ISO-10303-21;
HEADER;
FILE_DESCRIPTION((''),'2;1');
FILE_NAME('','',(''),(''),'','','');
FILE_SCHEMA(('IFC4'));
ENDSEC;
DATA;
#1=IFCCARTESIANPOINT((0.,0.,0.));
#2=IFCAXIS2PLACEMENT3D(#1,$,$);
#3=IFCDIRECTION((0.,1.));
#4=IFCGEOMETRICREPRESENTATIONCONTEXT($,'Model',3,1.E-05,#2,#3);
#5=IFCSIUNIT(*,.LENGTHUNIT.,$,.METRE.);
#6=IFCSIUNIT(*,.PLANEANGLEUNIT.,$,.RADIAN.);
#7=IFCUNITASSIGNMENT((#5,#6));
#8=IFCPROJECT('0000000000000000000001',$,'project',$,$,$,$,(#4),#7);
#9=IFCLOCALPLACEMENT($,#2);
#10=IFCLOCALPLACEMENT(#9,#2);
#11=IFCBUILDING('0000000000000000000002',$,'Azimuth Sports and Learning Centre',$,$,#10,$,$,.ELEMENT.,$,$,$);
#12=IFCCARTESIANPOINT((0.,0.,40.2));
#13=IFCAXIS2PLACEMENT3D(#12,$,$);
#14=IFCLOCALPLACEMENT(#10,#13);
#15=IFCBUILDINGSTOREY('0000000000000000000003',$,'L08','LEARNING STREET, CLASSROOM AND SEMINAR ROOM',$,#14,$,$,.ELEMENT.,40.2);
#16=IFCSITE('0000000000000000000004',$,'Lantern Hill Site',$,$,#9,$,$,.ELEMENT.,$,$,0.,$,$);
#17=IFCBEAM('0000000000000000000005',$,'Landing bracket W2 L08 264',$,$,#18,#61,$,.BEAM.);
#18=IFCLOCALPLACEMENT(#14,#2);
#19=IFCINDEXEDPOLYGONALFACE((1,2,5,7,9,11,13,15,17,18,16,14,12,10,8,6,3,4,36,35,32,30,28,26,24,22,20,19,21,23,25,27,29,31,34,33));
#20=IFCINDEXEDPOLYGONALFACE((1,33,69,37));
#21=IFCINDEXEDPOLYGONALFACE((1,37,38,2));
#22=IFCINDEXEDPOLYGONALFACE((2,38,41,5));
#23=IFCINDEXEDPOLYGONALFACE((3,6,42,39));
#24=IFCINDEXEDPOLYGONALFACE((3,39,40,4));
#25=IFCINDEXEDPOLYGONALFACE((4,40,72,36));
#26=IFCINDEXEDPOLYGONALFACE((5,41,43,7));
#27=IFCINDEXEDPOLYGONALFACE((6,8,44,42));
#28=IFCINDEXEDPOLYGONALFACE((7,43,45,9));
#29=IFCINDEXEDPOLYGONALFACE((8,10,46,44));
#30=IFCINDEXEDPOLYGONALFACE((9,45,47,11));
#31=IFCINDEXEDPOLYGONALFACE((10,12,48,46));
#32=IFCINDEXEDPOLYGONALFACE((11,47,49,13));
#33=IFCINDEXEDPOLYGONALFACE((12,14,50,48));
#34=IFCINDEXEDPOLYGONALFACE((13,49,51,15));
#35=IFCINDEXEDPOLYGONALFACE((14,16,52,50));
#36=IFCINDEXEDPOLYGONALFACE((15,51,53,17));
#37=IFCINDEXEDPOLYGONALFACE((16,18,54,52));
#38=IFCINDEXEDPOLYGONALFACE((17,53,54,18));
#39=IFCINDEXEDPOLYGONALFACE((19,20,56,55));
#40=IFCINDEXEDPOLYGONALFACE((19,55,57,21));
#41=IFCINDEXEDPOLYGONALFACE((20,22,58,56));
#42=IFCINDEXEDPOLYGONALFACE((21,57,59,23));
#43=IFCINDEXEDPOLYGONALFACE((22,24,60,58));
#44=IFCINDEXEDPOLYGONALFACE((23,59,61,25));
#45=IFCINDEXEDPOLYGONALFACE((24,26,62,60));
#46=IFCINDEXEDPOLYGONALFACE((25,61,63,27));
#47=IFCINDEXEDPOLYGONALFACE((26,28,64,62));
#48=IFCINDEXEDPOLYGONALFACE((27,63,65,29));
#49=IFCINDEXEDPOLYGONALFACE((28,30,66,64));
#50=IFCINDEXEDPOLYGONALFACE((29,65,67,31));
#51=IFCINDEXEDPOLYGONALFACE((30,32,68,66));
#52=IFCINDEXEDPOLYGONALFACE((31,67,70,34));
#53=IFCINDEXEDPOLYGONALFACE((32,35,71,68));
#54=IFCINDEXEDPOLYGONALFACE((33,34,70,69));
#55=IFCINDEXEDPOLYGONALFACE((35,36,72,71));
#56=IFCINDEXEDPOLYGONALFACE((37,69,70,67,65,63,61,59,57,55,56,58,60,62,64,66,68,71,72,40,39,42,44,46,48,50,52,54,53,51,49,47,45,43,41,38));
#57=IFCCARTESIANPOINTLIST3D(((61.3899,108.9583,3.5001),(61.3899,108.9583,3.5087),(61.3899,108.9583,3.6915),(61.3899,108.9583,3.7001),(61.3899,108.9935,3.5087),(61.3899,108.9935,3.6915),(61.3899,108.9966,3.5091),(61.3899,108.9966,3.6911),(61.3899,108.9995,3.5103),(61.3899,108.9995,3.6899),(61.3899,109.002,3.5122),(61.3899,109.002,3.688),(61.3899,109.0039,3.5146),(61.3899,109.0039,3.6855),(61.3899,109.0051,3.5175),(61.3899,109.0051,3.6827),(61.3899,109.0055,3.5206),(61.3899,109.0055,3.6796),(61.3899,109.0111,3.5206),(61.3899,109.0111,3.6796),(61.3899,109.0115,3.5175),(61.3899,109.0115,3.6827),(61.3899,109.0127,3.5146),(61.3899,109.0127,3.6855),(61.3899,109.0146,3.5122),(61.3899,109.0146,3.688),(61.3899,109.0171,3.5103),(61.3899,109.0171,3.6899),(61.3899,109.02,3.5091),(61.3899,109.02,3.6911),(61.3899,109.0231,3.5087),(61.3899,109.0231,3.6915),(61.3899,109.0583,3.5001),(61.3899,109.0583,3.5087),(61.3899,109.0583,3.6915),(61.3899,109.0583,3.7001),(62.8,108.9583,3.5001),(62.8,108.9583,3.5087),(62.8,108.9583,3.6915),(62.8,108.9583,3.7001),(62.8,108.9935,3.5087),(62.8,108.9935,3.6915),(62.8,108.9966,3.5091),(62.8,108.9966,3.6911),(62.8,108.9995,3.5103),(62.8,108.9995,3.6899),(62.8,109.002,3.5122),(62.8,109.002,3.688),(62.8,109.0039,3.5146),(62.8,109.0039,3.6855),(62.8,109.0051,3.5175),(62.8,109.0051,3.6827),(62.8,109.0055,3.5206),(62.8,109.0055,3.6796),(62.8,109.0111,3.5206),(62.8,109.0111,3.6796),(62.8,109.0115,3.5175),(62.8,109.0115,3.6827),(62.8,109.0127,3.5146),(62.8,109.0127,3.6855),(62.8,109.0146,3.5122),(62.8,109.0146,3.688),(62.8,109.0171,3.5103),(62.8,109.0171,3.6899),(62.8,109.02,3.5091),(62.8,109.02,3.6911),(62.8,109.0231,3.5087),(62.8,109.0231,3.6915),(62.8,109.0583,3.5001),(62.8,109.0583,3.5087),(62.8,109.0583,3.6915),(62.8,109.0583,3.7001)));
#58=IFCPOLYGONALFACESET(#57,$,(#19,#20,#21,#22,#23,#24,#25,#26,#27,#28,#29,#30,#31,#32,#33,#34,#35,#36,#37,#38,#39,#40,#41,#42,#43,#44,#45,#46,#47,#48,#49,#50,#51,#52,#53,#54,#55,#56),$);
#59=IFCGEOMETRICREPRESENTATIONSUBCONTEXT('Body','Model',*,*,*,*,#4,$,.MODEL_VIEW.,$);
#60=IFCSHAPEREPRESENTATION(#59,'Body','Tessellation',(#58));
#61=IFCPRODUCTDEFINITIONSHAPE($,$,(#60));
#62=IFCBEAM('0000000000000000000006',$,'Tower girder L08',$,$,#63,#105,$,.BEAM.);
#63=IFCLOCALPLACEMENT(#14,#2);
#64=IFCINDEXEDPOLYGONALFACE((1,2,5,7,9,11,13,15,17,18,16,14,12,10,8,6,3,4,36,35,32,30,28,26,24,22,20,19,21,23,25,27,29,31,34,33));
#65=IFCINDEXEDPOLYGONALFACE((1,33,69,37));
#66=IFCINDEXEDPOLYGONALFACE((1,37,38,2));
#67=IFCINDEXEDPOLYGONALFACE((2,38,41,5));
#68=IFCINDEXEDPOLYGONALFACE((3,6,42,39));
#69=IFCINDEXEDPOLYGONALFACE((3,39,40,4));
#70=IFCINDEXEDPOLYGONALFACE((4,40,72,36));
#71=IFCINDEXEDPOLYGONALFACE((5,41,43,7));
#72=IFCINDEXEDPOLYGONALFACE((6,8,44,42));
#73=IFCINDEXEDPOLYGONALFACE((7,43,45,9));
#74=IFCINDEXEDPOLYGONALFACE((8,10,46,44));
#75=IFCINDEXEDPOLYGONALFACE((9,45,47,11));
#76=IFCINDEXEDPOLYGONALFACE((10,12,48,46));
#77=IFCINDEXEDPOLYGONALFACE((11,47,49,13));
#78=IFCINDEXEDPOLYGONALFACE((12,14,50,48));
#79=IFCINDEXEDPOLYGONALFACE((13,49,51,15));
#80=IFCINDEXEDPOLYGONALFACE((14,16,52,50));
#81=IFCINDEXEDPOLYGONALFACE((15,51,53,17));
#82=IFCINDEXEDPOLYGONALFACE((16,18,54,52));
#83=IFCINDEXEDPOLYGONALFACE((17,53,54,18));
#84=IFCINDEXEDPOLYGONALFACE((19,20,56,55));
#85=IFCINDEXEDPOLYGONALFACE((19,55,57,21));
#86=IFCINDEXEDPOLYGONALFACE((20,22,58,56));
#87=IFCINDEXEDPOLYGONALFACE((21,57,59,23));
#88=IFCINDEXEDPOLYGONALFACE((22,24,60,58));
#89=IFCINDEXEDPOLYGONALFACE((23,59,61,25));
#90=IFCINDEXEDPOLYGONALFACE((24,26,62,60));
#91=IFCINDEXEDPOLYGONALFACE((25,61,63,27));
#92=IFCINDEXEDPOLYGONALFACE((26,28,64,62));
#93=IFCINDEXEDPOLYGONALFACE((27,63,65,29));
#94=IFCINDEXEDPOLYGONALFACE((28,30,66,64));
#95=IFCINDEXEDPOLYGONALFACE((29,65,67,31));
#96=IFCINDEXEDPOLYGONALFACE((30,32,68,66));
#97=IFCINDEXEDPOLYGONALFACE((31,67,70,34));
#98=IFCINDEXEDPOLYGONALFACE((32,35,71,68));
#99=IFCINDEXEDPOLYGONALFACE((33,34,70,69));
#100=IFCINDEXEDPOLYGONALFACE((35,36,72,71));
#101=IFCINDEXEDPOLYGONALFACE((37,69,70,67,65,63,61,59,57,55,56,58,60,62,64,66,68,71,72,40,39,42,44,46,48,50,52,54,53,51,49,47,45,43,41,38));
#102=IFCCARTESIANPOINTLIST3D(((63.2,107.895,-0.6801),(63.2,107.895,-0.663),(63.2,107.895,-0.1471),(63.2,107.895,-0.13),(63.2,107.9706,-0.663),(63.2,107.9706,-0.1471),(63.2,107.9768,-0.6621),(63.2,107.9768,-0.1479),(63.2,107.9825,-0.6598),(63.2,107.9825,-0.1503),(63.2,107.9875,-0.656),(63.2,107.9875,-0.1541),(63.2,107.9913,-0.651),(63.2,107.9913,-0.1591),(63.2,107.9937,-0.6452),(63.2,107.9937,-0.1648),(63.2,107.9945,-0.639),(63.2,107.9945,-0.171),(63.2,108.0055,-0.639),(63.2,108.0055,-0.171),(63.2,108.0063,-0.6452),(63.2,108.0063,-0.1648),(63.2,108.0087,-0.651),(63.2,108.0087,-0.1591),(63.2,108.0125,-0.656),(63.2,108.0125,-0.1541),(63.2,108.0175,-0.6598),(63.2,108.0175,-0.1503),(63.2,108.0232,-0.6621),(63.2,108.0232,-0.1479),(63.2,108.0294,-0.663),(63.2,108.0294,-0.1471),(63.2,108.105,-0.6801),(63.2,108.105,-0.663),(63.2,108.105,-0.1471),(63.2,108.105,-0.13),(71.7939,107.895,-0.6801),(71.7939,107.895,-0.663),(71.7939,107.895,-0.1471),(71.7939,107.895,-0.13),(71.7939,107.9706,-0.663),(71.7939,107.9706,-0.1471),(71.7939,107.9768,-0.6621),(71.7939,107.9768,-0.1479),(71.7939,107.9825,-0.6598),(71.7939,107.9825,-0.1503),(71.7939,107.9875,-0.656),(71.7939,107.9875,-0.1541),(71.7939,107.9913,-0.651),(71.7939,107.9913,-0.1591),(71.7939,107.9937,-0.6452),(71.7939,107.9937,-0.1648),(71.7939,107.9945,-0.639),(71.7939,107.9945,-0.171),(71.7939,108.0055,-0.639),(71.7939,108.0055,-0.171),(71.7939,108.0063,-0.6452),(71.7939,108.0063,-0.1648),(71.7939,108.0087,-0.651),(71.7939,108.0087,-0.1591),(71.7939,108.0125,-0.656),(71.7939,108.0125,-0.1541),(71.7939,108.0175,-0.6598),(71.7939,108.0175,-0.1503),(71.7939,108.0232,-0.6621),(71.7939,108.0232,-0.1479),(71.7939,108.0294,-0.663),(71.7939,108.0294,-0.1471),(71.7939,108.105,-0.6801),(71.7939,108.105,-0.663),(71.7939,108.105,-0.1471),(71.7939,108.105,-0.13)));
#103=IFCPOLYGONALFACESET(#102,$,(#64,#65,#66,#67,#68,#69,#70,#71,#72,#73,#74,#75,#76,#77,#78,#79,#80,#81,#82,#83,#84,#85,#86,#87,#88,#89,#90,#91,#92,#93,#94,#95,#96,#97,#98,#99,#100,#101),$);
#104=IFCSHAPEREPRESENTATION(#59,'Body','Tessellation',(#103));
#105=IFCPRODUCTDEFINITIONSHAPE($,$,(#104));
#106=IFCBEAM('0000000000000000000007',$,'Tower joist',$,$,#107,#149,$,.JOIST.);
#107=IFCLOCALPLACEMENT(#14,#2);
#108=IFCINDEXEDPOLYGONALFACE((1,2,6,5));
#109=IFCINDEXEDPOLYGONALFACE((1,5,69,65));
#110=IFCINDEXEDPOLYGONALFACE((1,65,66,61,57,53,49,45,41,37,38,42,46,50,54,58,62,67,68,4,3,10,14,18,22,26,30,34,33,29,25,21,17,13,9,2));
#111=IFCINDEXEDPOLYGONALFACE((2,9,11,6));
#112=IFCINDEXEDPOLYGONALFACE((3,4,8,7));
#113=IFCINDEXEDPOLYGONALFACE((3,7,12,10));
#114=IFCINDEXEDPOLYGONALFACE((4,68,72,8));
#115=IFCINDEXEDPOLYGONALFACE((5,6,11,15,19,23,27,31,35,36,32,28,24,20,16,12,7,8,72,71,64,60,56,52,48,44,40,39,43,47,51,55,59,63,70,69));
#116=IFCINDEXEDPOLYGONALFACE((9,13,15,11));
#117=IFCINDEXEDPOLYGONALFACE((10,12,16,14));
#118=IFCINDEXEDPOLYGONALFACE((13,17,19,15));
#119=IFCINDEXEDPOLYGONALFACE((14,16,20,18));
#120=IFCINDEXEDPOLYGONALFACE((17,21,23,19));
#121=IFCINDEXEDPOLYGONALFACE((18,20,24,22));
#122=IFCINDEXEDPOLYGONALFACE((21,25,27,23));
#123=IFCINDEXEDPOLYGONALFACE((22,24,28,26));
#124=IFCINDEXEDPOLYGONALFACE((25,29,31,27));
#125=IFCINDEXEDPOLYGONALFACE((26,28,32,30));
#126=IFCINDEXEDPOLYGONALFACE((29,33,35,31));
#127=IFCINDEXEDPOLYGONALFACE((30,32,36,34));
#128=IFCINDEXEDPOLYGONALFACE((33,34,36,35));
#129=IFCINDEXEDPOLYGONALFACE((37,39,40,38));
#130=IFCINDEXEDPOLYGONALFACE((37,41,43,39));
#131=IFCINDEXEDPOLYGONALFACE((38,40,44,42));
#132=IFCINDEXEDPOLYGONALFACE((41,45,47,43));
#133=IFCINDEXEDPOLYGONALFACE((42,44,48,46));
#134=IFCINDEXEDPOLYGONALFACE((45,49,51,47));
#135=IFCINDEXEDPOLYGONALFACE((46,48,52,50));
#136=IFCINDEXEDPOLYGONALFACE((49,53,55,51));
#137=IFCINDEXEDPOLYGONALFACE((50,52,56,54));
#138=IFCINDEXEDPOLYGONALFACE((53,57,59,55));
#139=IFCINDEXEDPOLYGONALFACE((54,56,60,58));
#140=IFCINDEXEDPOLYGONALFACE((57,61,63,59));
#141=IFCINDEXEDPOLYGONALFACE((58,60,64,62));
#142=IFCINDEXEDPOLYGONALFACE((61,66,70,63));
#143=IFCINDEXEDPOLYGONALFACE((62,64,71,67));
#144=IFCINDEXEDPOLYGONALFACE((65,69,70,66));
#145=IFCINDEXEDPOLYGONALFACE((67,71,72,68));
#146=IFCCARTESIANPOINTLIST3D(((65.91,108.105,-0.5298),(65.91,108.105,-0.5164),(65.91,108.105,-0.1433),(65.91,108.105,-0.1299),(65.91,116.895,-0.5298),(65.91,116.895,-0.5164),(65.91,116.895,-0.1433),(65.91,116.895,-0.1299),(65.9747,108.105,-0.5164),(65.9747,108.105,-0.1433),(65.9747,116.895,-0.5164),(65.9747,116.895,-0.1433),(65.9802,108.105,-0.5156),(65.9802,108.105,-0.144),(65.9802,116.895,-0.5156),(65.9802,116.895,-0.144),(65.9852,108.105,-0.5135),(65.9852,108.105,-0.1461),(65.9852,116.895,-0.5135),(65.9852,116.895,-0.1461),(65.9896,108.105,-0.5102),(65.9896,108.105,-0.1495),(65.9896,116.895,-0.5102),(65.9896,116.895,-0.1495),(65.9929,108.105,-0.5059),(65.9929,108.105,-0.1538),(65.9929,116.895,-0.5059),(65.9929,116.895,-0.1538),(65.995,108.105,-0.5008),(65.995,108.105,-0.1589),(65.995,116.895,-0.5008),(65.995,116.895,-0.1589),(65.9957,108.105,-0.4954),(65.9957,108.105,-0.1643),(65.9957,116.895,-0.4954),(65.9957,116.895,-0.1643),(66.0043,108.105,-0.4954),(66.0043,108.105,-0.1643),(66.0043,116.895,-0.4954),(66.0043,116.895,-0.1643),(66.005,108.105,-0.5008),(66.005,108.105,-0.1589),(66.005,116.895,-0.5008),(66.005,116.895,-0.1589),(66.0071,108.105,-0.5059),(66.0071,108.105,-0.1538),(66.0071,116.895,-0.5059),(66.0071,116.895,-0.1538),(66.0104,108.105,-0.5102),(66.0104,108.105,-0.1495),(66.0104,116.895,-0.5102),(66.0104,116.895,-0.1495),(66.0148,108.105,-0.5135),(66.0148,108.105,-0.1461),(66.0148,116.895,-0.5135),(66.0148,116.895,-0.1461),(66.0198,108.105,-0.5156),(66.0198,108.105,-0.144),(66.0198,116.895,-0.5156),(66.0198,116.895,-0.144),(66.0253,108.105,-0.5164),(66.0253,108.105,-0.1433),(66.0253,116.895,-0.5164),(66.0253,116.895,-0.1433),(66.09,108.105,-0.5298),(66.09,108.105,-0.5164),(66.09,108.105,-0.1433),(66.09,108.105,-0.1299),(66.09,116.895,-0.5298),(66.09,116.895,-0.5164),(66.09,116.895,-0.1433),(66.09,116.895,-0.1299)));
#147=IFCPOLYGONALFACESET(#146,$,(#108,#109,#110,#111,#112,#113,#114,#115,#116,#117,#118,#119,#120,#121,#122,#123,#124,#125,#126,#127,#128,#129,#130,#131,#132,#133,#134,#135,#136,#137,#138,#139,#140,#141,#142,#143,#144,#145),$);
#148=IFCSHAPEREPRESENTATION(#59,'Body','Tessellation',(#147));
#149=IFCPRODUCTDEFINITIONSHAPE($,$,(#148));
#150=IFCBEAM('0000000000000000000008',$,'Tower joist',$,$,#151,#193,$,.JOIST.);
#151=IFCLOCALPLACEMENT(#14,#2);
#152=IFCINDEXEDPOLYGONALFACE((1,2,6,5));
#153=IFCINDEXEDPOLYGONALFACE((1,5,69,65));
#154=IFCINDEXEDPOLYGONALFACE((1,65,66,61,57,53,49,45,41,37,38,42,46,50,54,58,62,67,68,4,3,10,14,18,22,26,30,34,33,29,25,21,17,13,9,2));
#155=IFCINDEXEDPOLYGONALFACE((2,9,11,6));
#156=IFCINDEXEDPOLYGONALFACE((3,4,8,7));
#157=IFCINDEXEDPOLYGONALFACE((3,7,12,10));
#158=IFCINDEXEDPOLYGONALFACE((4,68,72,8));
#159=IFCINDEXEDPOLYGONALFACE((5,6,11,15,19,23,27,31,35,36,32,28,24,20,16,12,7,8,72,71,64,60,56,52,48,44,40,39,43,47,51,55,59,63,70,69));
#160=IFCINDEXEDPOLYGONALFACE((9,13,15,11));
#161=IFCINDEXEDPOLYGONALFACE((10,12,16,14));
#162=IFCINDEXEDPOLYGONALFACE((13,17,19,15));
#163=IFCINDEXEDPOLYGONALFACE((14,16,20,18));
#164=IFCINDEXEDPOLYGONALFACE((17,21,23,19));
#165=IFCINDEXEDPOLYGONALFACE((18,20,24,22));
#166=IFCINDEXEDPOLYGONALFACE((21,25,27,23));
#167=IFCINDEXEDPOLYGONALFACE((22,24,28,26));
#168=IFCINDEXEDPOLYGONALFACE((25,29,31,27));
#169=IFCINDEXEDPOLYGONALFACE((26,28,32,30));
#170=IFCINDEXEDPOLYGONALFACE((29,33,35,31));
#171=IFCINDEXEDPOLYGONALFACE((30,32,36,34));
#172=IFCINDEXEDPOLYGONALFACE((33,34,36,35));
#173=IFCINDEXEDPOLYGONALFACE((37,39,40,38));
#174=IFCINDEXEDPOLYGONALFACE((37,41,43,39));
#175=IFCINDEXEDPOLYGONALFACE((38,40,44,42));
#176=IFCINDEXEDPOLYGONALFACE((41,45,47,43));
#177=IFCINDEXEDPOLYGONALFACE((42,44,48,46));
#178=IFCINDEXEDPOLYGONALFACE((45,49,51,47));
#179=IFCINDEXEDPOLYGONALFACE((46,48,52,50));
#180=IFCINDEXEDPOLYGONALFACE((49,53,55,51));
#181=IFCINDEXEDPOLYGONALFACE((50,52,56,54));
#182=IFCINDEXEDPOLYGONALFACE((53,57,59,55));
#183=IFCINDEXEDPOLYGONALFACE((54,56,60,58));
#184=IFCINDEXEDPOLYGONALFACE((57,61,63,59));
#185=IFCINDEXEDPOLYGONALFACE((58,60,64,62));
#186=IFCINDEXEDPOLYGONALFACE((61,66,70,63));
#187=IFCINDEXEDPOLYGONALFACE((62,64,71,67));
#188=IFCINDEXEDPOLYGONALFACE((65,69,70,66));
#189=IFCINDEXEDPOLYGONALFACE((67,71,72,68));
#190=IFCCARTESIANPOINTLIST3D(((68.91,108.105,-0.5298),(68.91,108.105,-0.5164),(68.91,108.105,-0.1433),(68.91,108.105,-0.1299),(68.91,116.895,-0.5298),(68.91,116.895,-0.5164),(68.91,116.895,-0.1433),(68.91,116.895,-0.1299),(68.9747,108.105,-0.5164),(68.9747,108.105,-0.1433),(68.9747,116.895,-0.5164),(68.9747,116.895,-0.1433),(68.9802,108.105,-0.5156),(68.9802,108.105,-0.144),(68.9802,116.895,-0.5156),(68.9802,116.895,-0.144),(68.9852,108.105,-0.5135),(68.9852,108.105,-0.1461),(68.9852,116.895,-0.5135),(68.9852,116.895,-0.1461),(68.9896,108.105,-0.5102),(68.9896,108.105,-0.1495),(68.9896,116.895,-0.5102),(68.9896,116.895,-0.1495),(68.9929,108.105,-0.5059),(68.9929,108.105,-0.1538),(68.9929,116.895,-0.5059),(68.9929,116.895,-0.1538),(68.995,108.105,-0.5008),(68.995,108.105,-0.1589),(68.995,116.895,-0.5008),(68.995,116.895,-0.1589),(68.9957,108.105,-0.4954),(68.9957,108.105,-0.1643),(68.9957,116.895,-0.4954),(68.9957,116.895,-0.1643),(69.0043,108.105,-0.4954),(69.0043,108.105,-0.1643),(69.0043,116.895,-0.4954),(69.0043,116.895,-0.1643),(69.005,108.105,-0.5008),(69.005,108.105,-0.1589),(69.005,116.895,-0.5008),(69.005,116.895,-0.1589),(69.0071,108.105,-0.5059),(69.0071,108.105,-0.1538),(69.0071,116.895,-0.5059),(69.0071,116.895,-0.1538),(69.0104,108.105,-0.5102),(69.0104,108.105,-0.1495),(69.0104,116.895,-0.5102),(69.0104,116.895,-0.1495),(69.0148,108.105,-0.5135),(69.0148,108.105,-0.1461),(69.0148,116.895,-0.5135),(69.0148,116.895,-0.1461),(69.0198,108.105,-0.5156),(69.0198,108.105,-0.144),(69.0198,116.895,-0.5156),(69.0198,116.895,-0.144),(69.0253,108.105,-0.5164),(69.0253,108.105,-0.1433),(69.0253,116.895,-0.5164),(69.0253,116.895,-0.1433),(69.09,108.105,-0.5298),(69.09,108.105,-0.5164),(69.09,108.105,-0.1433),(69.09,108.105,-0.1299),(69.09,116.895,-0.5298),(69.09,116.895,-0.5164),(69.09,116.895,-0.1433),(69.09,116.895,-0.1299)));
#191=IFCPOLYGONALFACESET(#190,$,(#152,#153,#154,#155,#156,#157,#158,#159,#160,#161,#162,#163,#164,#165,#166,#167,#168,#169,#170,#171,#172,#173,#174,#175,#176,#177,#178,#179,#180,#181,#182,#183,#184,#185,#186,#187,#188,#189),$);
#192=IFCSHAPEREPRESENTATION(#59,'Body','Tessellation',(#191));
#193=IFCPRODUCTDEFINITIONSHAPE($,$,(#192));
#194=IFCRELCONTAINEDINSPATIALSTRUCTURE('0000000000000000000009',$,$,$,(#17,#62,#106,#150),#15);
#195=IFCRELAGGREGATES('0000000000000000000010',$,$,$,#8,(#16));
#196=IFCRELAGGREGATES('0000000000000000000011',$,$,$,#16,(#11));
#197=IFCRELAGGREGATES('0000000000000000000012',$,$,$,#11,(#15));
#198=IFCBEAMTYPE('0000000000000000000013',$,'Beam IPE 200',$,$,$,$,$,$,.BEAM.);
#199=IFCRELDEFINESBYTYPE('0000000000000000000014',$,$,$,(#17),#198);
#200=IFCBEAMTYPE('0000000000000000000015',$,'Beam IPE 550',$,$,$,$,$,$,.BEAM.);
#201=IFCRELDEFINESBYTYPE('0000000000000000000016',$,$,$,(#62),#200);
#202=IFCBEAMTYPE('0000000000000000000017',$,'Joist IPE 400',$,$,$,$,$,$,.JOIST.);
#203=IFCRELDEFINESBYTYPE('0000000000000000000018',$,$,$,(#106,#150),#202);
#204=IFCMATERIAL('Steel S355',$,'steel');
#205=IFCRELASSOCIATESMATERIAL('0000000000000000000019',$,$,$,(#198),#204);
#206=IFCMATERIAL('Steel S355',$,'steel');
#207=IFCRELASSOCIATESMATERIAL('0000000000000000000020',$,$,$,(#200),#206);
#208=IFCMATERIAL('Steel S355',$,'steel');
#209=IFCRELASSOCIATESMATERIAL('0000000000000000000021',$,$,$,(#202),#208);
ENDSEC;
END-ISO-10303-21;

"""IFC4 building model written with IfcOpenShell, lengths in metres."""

from ifc_helpers import new_model, si_unit, direction, frame, origin, origin_2d, place, context, subcontext, project, spatial, i_section, extrude, material, material_profile, profile_set, type_object, element, save


model = new_model("IFC4")

# Units and contexts
model_context = context("Model", 3, precision=1e-05, world=origin(), true_north=direction((0.0, 1.0)))
body_context = subcontext(model_context, "Body", "Model", "MODEL_VIEW")
ifc_project = project(units=[si_unit("LENGTHUNIT", "METRE"), si_unit("PLANEANGLEUNIT", "RADIAN")], contexts=[model_context])

# Site, building, storey
site_placement = place(None, origin())
site = spatial("IfcSite", under=ifc_project, at=site_placement, Name="Lantern Hill Site", CompositionType="ELEMENT", RefElevation=0.0)
building_placement = place(site_placement, origin())
building = spatial("IfcBuilding", under=site, at=building_placement, Name="Azimuth Sports and Learning Centre", CompositionType="ELEMENT")
storey_placement = place(building_placement, frame((0.0, 0.0, 40.2)))
storey = spatial("IfcBuildingStorey", under=building, at=storey_placement, Name="L08", Description="LEARNING STREET, CLASSROOM AND SEMINAR ROOM", CompositionType="ELEMENT", Elevation=40.2)

# Beams
ifc_material_1 = material(Name="Steel S355", Category="steel")
ifc_material_profile_1 = material_profile(ifc_material_1, i_section(OverallWidth=0.1001, OverallDepth=0.2, WebThickness=0.0056, FlangeThickness=0.0085, FilletRadius=0.012, at=origin_2d()), Name="IPE 200")
ifc_profile_set_1 = profile_set([ifc_material_profile_1], Name="Steel S355")
beam_type_1 = type_object("IfcBeamType", Name="Beam IPE 200", PredefinedType="BEAM", material=ifc_profile_set_1)
beam_1_placement = place(storey_placement, frame((62.8, 109.0083, 3.6001), z_axis=(-1.0, 0.0, 0.0), x_axis=(0.0, -1.0, 0.0)))
element("IfcBeam", 1, at=beam_1_placement, inside=storey, type_object=beam_type_1, Name="Landing bracket W2 L08 264", PredefinedType="BEAM", context=body_context, shape_type="SweptSolid", body=[
    extrude(i_section(OverallWidth=0.1001, OverallDepth=0.2, WebThickness=0.0056, FlangeThickness=0.0085, FilletRadius=0.012, at=origin_2d()), origin(), (0.0, 0.0, 1.0), 1.4102),
])
ifc_material_2 = material(Name="Steel S355", Category="steel")
ifc_material_profile_2 = material_profile(ifc_material_2, i_section(OverallWidth=0.21, OverallDepth=0.55, WebThickness=0.011, FlangeThickness=0.0171, FilletRadius=0.0239, at=origin_2d()), Name="IPE 550")
ifc_profile_set_2 = profile_set([ifc_material_profile_2], Name="Steel S355")
beam_type_2 = type_object("IfcBeamType", Name="Beam IPE 550", PredefinedType="BEAM", material=ifc_profile_set_2)
beam_2_placement = place(storey_placement, frame((63.2, 108.0, -0.405), z_axis=(1.0, 0.0, 0.0), x_axis=(0.0, 1.0, 0.0)))
element("IfcBeam", 2, at=beam_2_placement, inside=storey, type_object=beam_type_2, Name="Tower girder L08", PredefinedType="BEAM", context=body_context, shape_type="SweptSolid", body=[
    extrude(i_section(OverallWidth=0.21, OverallDepth=0.55, WebThickness=0.011, FlangeThickness=0.0171, FilletRadius=0.0239, at=origin_2d()), origin(), (0.0, 0.0, 1.0), 8.594),
])
ifc_material_3 = material(Name="Steel S355", Category="steel")
ifc_material_profile_3 = material_profile(ifc_material_3, i_section(OverallWidth=0.1799, OverallDepth=0.3999, WebThickness=0.0085, FlangeThickness=0.0134, FilletRadius=0.021, at=origin_2d()), Name="IPE 400")
ifc_profile_set_3 = profile_set([ifc_material_profile_3], Name="Steel S355")
beam_type_3 = type_object("IfcBeamType", Name="Joist IPE 400", PredefinedType="JOIST", material=ifc_profile_set_3)
for number, where, z_axis, x_axis, name in (
    (3, (66.0, 108.105, -0.3298), (0.0, 1.0, 0.0), (-1.0, 0.0, 0.0), "Tower joist"),
    (4, (69.0, 108.105, -0.3298), (0.0, 1.0, 0.0), (-1.0, 0.0, 0.0), "Tower joist"),
):
    element("IfcBeam", number, at=place(storey_placement, frame(where, z_axis=z_axis, x_axis=x_axis)), inside=storey, type_object=beam_type_3, Name=name, PredefinedType="JOIST", context=body_context, shape_type="SweptSolid", body=[
        extrude(i_section(OverallWidth=0.1799, OverallDepth=0.3999, WebThickness=0.0085, FlangeThickness=0.0134, FilletRadius=0.021, at=origin_2d()), origin(), (0.0, 0.0, 1.0), 8.79),
    ])

save(model, "model.ifc")
